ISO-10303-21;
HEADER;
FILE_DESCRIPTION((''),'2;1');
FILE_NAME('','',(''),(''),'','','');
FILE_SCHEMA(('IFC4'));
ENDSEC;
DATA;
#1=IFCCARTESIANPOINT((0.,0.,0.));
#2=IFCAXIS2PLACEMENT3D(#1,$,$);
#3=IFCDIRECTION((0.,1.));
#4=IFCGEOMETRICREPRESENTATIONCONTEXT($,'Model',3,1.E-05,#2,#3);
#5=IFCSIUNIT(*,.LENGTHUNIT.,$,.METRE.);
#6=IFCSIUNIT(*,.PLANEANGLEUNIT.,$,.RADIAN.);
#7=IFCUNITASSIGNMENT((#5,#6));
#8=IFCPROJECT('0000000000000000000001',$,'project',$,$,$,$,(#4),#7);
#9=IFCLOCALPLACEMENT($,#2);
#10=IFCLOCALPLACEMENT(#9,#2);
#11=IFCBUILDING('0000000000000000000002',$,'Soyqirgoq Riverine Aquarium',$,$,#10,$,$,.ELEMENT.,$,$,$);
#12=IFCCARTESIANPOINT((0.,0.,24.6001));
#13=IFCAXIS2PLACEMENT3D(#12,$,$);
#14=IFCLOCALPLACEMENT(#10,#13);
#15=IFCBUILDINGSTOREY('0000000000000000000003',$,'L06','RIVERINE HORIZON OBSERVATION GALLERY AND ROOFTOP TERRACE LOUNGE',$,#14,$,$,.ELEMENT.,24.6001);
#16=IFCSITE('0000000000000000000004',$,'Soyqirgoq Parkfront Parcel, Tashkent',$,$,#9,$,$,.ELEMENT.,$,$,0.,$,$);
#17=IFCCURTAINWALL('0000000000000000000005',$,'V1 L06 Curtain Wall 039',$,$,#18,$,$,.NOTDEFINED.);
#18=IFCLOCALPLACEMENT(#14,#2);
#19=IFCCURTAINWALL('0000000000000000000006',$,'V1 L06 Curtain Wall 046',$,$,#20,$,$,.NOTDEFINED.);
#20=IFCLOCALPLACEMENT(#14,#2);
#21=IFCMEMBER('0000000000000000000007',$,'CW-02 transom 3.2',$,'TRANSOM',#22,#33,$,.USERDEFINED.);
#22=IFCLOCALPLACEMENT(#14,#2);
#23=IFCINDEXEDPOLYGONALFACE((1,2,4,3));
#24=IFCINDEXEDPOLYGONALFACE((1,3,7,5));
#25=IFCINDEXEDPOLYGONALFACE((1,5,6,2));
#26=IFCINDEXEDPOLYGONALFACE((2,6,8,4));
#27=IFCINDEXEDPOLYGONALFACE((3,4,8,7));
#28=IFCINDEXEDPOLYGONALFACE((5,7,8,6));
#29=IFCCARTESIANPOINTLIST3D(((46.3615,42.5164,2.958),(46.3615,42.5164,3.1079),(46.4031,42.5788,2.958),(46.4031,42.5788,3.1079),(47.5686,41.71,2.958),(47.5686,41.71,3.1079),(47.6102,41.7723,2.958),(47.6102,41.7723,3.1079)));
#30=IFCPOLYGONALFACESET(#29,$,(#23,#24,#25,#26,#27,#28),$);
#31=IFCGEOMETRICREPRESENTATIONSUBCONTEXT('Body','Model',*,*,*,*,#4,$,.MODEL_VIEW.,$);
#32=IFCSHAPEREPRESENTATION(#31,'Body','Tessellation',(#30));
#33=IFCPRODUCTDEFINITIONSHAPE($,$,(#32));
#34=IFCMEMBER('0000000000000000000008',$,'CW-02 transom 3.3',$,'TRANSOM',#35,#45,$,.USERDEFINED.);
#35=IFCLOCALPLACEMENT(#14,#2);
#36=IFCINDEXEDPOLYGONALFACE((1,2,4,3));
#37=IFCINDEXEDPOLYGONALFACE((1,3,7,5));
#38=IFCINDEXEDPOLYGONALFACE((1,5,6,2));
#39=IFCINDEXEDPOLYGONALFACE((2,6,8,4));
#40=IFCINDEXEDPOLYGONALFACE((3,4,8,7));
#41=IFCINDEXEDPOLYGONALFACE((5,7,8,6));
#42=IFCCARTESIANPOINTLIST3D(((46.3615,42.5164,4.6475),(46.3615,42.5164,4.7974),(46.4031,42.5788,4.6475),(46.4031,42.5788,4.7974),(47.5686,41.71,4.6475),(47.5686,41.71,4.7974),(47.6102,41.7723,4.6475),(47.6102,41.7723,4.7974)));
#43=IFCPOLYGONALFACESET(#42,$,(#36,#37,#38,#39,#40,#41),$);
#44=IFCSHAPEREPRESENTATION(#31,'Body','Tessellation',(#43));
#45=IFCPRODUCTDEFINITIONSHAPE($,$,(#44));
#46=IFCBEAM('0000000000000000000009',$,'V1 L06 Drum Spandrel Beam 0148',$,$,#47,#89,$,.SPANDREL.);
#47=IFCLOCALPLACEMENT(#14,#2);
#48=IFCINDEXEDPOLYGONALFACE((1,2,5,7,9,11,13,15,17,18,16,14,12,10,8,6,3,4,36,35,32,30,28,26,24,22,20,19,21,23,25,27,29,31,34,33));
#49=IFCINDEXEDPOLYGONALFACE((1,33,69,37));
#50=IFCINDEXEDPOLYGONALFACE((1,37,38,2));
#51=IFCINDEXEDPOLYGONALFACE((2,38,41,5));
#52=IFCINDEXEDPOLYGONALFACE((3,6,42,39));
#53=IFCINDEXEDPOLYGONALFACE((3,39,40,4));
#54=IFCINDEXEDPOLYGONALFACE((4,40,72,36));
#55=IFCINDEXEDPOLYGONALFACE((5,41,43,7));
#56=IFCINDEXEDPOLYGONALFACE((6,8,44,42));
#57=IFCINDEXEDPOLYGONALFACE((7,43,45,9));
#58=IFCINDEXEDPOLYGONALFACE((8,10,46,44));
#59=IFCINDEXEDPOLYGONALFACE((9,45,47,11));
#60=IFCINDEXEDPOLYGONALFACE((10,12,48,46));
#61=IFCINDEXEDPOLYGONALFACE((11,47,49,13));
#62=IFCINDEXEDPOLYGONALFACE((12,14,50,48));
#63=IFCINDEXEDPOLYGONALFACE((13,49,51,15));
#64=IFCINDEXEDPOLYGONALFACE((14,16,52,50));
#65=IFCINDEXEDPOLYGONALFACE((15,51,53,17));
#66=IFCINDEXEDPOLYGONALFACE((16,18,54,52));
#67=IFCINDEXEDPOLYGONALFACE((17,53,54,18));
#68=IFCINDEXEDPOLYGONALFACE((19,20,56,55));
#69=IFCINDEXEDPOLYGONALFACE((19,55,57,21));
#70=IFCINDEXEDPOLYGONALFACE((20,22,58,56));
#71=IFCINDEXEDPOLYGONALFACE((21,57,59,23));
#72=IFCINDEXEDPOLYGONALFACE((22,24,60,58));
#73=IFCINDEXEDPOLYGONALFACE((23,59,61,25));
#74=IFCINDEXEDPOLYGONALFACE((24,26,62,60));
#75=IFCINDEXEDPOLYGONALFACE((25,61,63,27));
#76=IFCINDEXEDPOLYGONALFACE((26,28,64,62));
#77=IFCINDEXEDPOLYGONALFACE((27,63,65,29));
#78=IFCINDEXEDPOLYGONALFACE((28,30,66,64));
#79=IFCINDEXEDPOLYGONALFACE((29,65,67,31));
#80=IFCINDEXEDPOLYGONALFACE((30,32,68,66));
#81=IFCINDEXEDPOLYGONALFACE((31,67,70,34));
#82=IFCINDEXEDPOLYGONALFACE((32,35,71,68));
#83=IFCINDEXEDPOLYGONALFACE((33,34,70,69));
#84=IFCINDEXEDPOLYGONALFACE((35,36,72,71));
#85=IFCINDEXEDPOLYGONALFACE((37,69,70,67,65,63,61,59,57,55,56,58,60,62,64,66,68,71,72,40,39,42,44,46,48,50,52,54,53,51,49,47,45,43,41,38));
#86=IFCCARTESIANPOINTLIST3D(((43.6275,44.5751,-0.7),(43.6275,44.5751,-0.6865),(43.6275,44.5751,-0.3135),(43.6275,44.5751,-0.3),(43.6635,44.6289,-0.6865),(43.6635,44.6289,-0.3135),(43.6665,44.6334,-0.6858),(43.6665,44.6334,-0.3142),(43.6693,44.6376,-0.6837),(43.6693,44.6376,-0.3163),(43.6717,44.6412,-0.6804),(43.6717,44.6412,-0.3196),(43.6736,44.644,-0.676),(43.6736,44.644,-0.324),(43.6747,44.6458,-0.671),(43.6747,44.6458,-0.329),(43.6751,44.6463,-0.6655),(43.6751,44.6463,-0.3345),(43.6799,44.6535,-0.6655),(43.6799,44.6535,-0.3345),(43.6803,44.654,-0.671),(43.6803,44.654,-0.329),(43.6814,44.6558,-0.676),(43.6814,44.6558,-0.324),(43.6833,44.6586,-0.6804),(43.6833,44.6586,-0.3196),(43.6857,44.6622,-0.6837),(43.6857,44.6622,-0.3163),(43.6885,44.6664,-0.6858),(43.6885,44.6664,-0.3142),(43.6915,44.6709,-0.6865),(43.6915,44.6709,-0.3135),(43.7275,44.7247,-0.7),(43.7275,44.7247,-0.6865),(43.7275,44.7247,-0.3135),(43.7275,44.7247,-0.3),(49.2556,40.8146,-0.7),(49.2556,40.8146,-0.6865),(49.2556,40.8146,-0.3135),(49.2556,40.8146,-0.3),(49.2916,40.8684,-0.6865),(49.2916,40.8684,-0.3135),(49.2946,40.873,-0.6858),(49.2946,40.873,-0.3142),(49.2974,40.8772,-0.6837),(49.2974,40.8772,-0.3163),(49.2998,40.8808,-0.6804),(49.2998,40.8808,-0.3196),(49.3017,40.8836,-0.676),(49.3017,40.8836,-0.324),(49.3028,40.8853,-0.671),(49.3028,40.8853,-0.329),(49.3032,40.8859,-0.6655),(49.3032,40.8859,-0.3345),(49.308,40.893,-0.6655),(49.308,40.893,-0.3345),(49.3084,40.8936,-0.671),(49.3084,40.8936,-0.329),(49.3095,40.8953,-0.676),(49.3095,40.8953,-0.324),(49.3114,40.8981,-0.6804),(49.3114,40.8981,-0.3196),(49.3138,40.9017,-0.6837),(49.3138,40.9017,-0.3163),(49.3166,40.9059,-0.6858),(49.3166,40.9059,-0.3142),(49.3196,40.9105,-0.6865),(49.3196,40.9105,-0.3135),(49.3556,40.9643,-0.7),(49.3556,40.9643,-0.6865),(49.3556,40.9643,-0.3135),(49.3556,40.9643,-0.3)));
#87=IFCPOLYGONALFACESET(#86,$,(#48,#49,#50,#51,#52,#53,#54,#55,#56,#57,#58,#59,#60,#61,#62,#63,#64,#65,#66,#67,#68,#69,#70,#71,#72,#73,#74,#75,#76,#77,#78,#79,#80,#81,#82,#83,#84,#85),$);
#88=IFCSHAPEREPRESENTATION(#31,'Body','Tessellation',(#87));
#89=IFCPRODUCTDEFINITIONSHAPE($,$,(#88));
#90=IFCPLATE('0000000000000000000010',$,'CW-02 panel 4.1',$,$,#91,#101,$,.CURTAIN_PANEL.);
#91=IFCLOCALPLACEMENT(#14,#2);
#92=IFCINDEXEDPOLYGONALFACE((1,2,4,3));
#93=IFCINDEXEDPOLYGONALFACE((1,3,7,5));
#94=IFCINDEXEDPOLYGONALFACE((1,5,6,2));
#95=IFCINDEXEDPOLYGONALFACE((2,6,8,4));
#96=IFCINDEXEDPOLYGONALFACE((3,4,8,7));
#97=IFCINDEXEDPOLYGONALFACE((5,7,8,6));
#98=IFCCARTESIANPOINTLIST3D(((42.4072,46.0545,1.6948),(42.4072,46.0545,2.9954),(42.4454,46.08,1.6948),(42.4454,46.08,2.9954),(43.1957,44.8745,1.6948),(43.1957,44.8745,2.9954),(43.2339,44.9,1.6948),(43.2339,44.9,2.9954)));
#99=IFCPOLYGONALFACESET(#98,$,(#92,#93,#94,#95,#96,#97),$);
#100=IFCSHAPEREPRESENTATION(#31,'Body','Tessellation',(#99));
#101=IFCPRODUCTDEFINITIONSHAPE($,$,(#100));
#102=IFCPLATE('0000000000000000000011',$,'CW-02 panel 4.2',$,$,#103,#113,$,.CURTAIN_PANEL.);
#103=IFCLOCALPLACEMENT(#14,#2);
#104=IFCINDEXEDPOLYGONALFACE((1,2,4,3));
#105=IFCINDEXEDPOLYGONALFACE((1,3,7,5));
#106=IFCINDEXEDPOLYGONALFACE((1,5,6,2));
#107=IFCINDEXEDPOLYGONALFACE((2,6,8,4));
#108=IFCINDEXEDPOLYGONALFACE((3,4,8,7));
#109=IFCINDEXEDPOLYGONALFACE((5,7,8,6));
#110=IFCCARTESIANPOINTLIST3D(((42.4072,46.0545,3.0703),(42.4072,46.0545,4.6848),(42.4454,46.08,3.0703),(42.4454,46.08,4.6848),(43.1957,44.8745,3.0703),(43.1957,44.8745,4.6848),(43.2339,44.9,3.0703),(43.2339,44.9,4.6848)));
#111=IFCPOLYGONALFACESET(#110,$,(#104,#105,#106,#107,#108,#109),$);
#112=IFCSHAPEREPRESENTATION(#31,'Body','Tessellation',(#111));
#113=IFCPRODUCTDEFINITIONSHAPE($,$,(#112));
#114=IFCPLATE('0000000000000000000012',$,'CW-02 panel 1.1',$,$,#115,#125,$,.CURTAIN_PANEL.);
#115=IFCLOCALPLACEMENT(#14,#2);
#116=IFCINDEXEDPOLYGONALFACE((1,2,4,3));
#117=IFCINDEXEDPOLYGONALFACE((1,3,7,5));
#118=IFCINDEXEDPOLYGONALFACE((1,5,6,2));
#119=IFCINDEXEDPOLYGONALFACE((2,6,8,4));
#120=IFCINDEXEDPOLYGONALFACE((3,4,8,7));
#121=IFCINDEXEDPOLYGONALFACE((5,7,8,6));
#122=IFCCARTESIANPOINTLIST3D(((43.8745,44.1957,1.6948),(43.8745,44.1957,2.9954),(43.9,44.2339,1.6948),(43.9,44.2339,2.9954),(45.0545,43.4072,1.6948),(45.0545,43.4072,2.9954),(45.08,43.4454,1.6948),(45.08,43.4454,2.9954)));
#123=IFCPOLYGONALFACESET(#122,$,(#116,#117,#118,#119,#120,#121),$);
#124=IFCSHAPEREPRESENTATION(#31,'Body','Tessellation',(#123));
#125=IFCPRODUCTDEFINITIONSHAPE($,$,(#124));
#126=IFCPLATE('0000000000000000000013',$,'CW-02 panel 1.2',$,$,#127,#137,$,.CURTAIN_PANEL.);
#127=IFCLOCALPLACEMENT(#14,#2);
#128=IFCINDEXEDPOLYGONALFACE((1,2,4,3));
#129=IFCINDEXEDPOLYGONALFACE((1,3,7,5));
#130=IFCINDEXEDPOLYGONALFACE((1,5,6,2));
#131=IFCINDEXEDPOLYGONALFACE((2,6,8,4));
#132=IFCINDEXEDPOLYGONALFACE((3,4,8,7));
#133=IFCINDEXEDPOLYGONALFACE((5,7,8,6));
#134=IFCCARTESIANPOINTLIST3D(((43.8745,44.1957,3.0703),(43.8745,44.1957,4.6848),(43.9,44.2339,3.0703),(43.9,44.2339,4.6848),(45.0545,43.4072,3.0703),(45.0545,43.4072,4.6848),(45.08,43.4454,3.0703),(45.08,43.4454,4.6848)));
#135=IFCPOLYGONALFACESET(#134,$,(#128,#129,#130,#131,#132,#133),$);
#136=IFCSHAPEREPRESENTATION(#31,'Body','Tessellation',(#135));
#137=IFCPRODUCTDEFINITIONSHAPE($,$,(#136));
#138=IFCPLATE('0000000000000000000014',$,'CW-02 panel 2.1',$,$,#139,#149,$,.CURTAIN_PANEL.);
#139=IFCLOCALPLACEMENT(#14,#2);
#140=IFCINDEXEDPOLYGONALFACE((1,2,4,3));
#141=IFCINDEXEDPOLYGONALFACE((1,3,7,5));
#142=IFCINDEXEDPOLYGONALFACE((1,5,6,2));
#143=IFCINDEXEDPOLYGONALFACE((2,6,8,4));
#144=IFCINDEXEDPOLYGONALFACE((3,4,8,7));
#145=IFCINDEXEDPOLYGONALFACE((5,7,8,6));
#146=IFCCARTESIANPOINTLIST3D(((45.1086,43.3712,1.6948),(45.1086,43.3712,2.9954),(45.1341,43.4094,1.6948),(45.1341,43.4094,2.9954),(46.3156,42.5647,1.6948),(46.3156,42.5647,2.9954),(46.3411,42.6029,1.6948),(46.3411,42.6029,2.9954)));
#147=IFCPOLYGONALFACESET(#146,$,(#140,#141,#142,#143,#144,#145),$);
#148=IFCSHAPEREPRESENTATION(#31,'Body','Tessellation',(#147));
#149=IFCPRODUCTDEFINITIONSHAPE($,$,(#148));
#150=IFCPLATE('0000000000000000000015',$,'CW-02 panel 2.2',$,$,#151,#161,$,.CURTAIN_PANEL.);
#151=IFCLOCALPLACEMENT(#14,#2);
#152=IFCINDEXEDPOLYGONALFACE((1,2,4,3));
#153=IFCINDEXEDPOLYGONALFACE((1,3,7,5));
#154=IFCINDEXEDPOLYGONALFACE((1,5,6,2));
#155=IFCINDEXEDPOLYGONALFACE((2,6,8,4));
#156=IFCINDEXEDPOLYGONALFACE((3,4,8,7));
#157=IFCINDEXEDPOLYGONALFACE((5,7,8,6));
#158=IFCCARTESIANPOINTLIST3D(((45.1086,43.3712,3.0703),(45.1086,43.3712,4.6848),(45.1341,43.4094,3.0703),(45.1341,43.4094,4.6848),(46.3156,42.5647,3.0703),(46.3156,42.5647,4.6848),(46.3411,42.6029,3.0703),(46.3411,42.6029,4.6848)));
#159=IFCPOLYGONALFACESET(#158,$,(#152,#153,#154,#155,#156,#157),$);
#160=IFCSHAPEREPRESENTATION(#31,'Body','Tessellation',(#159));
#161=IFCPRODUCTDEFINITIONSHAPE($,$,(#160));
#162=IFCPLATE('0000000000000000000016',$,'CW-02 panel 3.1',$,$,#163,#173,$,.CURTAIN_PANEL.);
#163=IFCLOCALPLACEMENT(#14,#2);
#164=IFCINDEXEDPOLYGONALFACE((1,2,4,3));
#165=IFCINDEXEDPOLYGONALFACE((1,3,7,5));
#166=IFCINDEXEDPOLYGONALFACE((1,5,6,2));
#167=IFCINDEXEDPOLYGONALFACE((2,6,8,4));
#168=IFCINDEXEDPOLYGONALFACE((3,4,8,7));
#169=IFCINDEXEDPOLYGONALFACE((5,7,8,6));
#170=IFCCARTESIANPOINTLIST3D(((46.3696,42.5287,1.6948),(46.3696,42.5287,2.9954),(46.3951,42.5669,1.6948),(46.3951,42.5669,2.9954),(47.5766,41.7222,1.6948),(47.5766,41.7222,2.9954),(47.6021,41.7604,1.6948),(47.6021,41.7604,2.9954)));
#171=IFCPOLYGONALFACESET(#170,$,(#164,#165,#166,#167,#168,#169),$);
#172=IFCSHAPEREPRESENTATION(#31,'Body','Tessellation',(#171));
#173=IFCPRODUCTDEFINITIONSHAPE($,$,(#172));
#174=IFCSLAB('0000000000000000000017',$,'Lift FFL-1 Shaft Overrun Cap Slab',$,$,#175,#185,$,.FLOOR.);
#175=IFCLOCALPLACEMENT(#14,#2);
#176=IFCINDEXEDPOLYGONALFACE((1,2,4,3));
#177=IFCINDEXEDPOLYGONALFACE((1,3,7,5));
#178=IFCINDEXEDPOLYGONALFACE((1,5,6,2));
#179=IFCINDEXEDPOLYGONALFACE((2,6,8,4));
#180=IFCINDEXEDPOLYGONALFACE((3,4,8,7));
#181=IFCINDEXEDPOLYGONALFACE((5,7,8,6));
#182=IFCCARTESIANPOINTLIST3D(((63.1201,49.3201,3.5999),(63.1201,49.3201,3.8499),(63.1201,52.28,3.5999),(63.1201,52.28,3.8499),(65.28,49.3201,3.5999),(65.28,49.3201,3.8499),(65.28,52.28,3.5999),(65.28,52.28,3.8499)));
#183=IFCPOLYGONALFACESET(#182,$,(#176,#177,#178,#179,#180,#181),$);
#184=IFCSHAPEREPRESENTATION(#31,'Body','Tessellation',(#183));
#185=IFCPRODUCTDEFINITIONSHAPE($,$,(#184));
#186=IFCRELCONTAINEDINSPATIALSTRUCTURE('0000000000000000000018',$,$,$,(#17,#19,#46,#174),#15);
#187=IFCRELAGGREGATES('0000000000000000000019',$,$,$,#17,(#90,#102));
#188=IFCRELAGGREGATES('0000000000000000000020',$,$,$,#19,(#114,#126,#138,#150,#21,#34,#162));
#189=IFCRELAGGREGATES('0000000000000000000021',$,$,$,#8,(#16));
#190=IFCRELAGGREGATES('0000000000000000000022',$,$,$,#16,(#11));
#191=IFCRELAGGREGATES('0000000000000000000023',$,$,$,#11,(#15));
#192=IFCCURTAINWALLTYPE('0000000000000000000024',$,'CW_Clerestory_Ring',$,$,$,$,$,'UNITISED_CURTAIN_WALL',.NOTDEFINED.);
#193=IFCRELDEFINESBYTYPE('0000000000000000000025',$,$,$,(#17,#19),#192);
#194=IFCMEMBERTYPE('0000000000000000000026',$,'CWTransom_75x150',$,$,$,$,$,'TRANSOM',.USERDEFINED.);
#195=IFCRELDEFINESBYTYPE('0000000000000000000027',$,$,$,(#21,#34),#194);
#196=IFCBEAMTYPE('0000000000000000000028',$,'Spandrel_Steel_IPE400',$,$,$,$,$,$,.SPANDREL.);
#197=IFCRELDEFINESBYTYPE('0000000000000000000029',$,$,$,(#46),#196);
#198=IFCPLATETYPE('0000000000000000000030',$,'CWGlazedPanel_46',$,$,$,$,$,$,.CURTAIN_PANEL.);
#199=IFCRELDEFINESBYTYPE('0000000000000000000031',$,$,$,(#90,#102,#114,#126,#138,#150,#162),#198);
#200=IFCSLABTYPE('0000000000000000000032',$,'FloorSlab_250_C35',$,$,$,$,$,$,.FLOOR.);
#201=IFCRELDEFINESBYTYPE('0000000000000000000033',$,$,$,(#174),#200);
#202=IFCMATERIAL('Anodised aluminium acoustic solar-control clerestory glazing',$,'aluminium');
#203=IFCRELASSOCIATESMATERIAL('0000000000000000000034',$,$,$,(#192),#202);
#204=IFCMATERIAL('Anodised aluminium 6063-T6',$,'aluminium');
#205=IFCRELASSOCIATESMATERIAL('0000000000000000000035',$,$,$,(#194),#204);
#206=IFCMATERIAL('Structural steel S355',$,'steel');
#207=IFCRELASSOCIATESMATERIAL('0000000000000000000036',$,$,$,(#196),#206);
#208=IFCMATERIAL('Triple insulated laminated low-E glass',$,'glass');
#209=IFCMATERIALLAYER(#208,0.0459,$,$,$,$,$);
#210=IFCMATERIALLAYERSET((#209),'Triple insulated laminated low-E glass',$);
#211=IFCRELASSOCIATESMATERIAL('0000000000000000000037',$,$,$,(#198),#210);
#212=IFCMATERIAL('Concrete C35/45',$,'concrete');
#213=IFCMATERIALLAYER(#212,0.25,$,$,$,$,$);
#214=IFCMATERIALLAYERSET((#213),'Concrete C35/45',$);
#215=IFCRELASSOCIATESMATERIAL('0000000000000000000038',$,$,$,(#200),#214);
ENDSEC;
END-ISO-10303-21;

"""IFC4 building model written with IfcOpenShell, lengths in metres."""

from ifc_helpers import new_model, si_unit, direction, frame, origin, origin_2d, place, context, subcontext, project, spatial, polyline, rectangle, i_section, outline, extrude, material, layer, layer_set, material_profile, profile_set, type_object, element, aggregate, save


model = new_model("IFC4")

# Units and contexts
model_context = context("Model", 3, precision=1e-05, world=origin(), true_north=direction((0.0, 1.0)))
body_context = subcontext(model_context, "Body", "Model", "MODEL_VIEW")
ifc_project = project(units=[si_unit("LENGTHUNIT", "METRE"), si_unit("PLANEANGLEUNIT", "RADIAN")], contexts=[model_context])

# Site, building, storey
site_placement = place(None, origin())
site = spatial("IfcSite", under=ifc_project, at=site_placement, Name="Soyqirgoq Parkfront Parcel, Tashkent", CompositionType="ELEMENT", RefElevation=0.0)
building_placement = place(site_placement, origin())
building = spatial("IfcBuilding", under=site, at=building_placement, Name="Soyqirgoq Riverine Aquarium", CompositionType="ELEMENT")
storey_placement = place(building_placement, frame((0.0, 0.0, 24.6001)))
storey = spatial("IfcBuildingStorey", under=building, at=storey_placement, Name="L06", Description="RIVERINE HORIZON OBSERVATION GALLERY AND ROOFTOP TERRACE LOUNGE", CompositionType="ELEMENT", Elevation=24.6001)

# Curtain wall
ifc_material_1 = material(Name="Anodised aluminium acoustic solar-control clerestory glazing", Category="aluminium")
curtain_wall_type = type_object("IfcCurtainWallType", Name="CW_Clerestory_Ring", ElementType="UNITISED_CURTAIN_WALL", PredefinedType="NOTDEFINED", material=ifc_material_1)
curtain_wall_1_placement = place(storey_placement, origin())
curtain_wall_1 = element("IfcCurtainWall", 1, at=curtain_wall_1_placement, inside=storey, type_object=curtain_wall_type, Name="V1 L06 Curtain Wall 039", PredefinedType="NOTDEFINED")

# Curtain wall
curtain_wall_2_placement = place(storey_placement, origin())
curtain_wall_2 = element("IfcCurtainWall", 2, at=curtain_wall_2_placement, inside=storey, type_object=curtain_wall_type, Name="V1 L06 Curtain Wall 046", PredefinedType="NOTDEFINED")

# Members
ifc_material_2 = material(Name="Anodised aluminium 6063-T6", Category="aluminium")
ifc_material_profile_1 = material_profile(ifc_material_2, rectangle(XDim=0.075, YDim=0.1499, at=origin_2d()), Name="ALU-T 75x150")
ifc_profile_set_1 = profile_set([ifc_material_profile_1], Name="Anodised aluminium 6063-T6")
member_type_1 = type_object("IfcMemberType", Name="CWTransom_75x150", ElementType="TRANSOM", PredefinedType="USERDEFINED", material=ifc_profile_set_1)
member_1_placement = place(storey_placement, frame((46.3823, 42.5476, 3.033), z_axis=(0.831507, -0.555515, 0.0), x_axis=(0.555515, 0.831507, 0.0)))
member_1 = element("IfcMember", 3, at=member_1_placement, type_object=member_type_1, Name="CW-02 transom 3.2", ObjectType="TRANSOM", PredefinedType="USERDEFINED", context=body_context, shape_type="SweptSolid", body=[
    extrude(rectangle(XDim=0.075, YDim=0.1499, at=origin_2d()), origin(), (0.0, 0.0, 1.0), 1.4517),
])
member_2_placement = place(storey_placement, frame((46.3823, 42.5476, 4.7224), z_axis=(0.831507, -0.555515, 0.0), x_axis=(0.555515, 0.831507, 0.0)))
member_2 = element("IfcMember", 4, at=member_2_placement, type_object=member_type_1, Name="CW-02 transom 3.3", ObjectType="TRANSOM", PredefinedType="USERDEFINED", context=body_context, shape_type="SweptSolid", body=[
    extrude(rectangle(XDim=0.075, YDim=0.1499, at=origin_2d()), origin(), (0.0, 0.0, 1.0), 1.4517),
])

# Beam
ifc_material_3 = material(Name="Structural steel S355", Category="steel")
ifc_material_profile_2 = material_profile(ifc_material_3, i_section(OverallWidth=0.1799, OverallDepth=0.3999, WebThickness=0.0085, FlangeThickness=0.0134, FilletRadius=0.021, at=origin_2d()), Name="IPE 400")
ifc_profile_set_2 = profile_set([ifc_material_profile_2], Name="Structural steel S355")
beam_type = type_object("IfcBeamType", Name="Spandrel_Steel_IPE400", PredefinedType="SPANDREL", material=ifc_profile_set_2)
beam_placement = place(storey_placement, frame((43.6775, 44.6499, -0.5), z_axis=(0.831478, -0.555557, 0.0), x_axis=(0.555557, 0.831478, 0.0)))
element("IfcBeam", 5, at=beam_placement, inside=storey, type_object=beam_type, Name="V1 L06 Drum Spandrel Beam 0148", PredefinedType="SPANDREL", context=body_context, shape_type="SweptSolid", body=[
    extrude(i_section(OverallWidth=0.1799, OverallDepth=0.3999, WebThickness=0.0085, FlangeThickness=0.0134, FilletRadius=0.021, at=origin_2d()), origin(), (0.0, 0.0, 1.0), 6.7688),
])

# Plates
ifc_material_4 = material(Name="Triple insulated laminated low-E glass", Category="glass")
ifc_layer_1 = layer(ifc_material_4, 0.0459)
ifc_layer_set_1 = layer_set([ifc_layer_1], Name="Triple insulated laminated low-E glass")
plate_type = type_object("IfcPlateType", Name="CWGlazedPanel_46", PredefinedType="CURTAIN_PANEL", material=ifc_layer_set_1)
plate_1_placement = place(storey_placement, frame((42.8206, 45.4773, 1.6948), z_axis=(0.0, 0.0, 1.0), x_axis=(0.555579, -0.831464, 0.0)))
plate_1 = element("IfcPlate", 6, at=plate_1_placement, type_object=plate_type, Name="CW-02 panel 4.1", PredefinedType="CURTAIN_PANEL", context=body_context, shape_type="SweptSolid", body=[
    extrude(rectangle(XDim=1.4192, YDim=0.0459, at=origin_2d()), origin(), (0.0, 0.0, 1.0), 1.3005),
])
plate_2_placement = place(storey_placement, frame((42.8206, 45.4773, 3.0703), z_axis=(0.0, 0.0, 1.0), x_axis=(0.555579, -0.831464, 0.0)))
plate_2 = element("IfcPlate", 7, at=plate_2_placement, type_object=plate_type, Name="CW-02 panel 4.2", PredefinedType="CURTAIN_PANEL", context=body_context, shape_type="SweptSolid", body=[
    extrude(rectangle(XDim=1.4192, YDim=0.0459, at=origin_2d()), origin(), (0.0, 0.0, 1.0), 1.6145),
])
aggregate(curtain_wall_1, [plate_1, plate_2])
plate_3_placement = place(storey_placement, frame((44.4773, 43.8206, 1.6948), z_axis=(0.0, 0.0, 1.0), x_axis=(0.831464, -0.555579, 0.0)))
plate_3 = element("IfcPlate", 8, at=plate_3_placement, type_object=plate_type, Name="CW-02 panel 1.1", PredefinedType="CURTAIN_PANEL", context=body_context, shape_type="SweptSolid", body=[
    extrude(rectangle(XDim=1.4192, YDim=0.0459, at=origin_2d()), origin(), (0.0, 0.0, 1.0), 1.3005),
])
plate_4_placement = place(storey_placement, frame((44.4773, 43.8206, 3.0703), z_axis=(0.0, 0.0, 1.0), x_axis=(0.831464, -0.555579, 0.0)))
plate_4 = element("IfcPlate", 9, at=plate_4_placement, type_object=plate_type, Name="CW-02 panel 1.2", PredefinedType="CURTAIN_PANEL", context=body_context, shape_type="SweptSolid", body=[
    extrude(rectangle(XDim=1.4192, YDim=0.0459, at=origin_2d()), origin(), (0.0, 0.0, 1.0), 1.6145),
])
plate_5_placement = place(storey_placement, frame((45.7249, 42.9871, 1.6948), z_axis=(0.0, 0.0, 1.0), x_axis=(0.831464, -0.555579, 0.0)))
plate_5 = element("IfcPlate", 10, at=plate_5_placement, type_object=plate_type, Name="CW-02 panel 2.1", PredefinedType="CURTAIN_PANEL", context=body_context, shape_type="SweptSolid", body=[
    extrude(rectangle(XDim=1.4517, YDim=0.0459, at=origin_2d()), origin(), (0.0, 0.0, 1.0), 1.3005),
])
plate_6_placement = place(storey_placement, frame((45.7249, 42.9871, 3.0703), z_axis=(0.0, 0.0, 1.0), x_axis=(0.831464, -0.555579, 0.0)))
plate_6 = element("IfcPlate", 11, at=plate_6_placement, type_object=plate_type, Name="CW-02 panel 2.2", PredefinedType="CURTAIN_PANEL", context=body_context, shape_type="SweptSolid", body=[
    extrude(rectangle(XDim=1.4517, YDim=0.0459, at=origin_2d()), origin(), (0.0, 0.0, 1.0), 1.6145),
])
plate_7_placement = place(storey_placement, frame((46.9858, 42.1445, 1.6948), z_axis=(0.0, 0.0, 1.0), x_axis=(0.831464, -0.555579, 0.0)))
plate_7 = element("IfcPlate", 12, at=plate_7_placement, type_object=plate_type, Name="CW-02 panel 3.1", PredefinedType="CURTAIN_PANEL", context=body_context, shape_type="SweptSolid", body=[
    extrude(rectangle(XDim=1.4517, YDim=0.0459, at=origin_2d()), origin(), (0.0, 0.0, 1.0), 1.3005),
])
aggregate(curtain_wall_2, [plate_3, plate_4, plate_5, plate_6, member_1, member_2, plate_7])

# Slab
ifc_material_5 = material(Name="Concrete C35/45", Category="concrete")
ifc_layer_2 = layer(ifc_material_5, 0.25)
ifc_layer_set_2 = layer_set([ifc_layer_2], Name="Concrete C35/45")
slab_type_1 = type_object("IfcSlabType", Name="FloorSlab_250_C35", PredefinedType="FLOOR", material=ifc_layer_set_2)
slab_1_placement = place(storey_placement, frame((0.0, 0.0, 3.5999)))
element("IfcSlab", 13, at=slab_1_placement, inside=storey, type_object=slab_type_1, Name="Lift FFL-1 Shaft Overrun Cap Slab", PredefinedType="FLOOR", context=body_context, shape_type="SweptSolid", body=[
    extrude(outline(polyline([(63.1201, 49.3201), (65.28, 49.3201), (65.28, 52.28), (63.1201, 52.28), (63.1201, 49.3201)])), origin(), (0.0, 0.0, 1.0), 0.25),
])

save(model, "model.ifc")
